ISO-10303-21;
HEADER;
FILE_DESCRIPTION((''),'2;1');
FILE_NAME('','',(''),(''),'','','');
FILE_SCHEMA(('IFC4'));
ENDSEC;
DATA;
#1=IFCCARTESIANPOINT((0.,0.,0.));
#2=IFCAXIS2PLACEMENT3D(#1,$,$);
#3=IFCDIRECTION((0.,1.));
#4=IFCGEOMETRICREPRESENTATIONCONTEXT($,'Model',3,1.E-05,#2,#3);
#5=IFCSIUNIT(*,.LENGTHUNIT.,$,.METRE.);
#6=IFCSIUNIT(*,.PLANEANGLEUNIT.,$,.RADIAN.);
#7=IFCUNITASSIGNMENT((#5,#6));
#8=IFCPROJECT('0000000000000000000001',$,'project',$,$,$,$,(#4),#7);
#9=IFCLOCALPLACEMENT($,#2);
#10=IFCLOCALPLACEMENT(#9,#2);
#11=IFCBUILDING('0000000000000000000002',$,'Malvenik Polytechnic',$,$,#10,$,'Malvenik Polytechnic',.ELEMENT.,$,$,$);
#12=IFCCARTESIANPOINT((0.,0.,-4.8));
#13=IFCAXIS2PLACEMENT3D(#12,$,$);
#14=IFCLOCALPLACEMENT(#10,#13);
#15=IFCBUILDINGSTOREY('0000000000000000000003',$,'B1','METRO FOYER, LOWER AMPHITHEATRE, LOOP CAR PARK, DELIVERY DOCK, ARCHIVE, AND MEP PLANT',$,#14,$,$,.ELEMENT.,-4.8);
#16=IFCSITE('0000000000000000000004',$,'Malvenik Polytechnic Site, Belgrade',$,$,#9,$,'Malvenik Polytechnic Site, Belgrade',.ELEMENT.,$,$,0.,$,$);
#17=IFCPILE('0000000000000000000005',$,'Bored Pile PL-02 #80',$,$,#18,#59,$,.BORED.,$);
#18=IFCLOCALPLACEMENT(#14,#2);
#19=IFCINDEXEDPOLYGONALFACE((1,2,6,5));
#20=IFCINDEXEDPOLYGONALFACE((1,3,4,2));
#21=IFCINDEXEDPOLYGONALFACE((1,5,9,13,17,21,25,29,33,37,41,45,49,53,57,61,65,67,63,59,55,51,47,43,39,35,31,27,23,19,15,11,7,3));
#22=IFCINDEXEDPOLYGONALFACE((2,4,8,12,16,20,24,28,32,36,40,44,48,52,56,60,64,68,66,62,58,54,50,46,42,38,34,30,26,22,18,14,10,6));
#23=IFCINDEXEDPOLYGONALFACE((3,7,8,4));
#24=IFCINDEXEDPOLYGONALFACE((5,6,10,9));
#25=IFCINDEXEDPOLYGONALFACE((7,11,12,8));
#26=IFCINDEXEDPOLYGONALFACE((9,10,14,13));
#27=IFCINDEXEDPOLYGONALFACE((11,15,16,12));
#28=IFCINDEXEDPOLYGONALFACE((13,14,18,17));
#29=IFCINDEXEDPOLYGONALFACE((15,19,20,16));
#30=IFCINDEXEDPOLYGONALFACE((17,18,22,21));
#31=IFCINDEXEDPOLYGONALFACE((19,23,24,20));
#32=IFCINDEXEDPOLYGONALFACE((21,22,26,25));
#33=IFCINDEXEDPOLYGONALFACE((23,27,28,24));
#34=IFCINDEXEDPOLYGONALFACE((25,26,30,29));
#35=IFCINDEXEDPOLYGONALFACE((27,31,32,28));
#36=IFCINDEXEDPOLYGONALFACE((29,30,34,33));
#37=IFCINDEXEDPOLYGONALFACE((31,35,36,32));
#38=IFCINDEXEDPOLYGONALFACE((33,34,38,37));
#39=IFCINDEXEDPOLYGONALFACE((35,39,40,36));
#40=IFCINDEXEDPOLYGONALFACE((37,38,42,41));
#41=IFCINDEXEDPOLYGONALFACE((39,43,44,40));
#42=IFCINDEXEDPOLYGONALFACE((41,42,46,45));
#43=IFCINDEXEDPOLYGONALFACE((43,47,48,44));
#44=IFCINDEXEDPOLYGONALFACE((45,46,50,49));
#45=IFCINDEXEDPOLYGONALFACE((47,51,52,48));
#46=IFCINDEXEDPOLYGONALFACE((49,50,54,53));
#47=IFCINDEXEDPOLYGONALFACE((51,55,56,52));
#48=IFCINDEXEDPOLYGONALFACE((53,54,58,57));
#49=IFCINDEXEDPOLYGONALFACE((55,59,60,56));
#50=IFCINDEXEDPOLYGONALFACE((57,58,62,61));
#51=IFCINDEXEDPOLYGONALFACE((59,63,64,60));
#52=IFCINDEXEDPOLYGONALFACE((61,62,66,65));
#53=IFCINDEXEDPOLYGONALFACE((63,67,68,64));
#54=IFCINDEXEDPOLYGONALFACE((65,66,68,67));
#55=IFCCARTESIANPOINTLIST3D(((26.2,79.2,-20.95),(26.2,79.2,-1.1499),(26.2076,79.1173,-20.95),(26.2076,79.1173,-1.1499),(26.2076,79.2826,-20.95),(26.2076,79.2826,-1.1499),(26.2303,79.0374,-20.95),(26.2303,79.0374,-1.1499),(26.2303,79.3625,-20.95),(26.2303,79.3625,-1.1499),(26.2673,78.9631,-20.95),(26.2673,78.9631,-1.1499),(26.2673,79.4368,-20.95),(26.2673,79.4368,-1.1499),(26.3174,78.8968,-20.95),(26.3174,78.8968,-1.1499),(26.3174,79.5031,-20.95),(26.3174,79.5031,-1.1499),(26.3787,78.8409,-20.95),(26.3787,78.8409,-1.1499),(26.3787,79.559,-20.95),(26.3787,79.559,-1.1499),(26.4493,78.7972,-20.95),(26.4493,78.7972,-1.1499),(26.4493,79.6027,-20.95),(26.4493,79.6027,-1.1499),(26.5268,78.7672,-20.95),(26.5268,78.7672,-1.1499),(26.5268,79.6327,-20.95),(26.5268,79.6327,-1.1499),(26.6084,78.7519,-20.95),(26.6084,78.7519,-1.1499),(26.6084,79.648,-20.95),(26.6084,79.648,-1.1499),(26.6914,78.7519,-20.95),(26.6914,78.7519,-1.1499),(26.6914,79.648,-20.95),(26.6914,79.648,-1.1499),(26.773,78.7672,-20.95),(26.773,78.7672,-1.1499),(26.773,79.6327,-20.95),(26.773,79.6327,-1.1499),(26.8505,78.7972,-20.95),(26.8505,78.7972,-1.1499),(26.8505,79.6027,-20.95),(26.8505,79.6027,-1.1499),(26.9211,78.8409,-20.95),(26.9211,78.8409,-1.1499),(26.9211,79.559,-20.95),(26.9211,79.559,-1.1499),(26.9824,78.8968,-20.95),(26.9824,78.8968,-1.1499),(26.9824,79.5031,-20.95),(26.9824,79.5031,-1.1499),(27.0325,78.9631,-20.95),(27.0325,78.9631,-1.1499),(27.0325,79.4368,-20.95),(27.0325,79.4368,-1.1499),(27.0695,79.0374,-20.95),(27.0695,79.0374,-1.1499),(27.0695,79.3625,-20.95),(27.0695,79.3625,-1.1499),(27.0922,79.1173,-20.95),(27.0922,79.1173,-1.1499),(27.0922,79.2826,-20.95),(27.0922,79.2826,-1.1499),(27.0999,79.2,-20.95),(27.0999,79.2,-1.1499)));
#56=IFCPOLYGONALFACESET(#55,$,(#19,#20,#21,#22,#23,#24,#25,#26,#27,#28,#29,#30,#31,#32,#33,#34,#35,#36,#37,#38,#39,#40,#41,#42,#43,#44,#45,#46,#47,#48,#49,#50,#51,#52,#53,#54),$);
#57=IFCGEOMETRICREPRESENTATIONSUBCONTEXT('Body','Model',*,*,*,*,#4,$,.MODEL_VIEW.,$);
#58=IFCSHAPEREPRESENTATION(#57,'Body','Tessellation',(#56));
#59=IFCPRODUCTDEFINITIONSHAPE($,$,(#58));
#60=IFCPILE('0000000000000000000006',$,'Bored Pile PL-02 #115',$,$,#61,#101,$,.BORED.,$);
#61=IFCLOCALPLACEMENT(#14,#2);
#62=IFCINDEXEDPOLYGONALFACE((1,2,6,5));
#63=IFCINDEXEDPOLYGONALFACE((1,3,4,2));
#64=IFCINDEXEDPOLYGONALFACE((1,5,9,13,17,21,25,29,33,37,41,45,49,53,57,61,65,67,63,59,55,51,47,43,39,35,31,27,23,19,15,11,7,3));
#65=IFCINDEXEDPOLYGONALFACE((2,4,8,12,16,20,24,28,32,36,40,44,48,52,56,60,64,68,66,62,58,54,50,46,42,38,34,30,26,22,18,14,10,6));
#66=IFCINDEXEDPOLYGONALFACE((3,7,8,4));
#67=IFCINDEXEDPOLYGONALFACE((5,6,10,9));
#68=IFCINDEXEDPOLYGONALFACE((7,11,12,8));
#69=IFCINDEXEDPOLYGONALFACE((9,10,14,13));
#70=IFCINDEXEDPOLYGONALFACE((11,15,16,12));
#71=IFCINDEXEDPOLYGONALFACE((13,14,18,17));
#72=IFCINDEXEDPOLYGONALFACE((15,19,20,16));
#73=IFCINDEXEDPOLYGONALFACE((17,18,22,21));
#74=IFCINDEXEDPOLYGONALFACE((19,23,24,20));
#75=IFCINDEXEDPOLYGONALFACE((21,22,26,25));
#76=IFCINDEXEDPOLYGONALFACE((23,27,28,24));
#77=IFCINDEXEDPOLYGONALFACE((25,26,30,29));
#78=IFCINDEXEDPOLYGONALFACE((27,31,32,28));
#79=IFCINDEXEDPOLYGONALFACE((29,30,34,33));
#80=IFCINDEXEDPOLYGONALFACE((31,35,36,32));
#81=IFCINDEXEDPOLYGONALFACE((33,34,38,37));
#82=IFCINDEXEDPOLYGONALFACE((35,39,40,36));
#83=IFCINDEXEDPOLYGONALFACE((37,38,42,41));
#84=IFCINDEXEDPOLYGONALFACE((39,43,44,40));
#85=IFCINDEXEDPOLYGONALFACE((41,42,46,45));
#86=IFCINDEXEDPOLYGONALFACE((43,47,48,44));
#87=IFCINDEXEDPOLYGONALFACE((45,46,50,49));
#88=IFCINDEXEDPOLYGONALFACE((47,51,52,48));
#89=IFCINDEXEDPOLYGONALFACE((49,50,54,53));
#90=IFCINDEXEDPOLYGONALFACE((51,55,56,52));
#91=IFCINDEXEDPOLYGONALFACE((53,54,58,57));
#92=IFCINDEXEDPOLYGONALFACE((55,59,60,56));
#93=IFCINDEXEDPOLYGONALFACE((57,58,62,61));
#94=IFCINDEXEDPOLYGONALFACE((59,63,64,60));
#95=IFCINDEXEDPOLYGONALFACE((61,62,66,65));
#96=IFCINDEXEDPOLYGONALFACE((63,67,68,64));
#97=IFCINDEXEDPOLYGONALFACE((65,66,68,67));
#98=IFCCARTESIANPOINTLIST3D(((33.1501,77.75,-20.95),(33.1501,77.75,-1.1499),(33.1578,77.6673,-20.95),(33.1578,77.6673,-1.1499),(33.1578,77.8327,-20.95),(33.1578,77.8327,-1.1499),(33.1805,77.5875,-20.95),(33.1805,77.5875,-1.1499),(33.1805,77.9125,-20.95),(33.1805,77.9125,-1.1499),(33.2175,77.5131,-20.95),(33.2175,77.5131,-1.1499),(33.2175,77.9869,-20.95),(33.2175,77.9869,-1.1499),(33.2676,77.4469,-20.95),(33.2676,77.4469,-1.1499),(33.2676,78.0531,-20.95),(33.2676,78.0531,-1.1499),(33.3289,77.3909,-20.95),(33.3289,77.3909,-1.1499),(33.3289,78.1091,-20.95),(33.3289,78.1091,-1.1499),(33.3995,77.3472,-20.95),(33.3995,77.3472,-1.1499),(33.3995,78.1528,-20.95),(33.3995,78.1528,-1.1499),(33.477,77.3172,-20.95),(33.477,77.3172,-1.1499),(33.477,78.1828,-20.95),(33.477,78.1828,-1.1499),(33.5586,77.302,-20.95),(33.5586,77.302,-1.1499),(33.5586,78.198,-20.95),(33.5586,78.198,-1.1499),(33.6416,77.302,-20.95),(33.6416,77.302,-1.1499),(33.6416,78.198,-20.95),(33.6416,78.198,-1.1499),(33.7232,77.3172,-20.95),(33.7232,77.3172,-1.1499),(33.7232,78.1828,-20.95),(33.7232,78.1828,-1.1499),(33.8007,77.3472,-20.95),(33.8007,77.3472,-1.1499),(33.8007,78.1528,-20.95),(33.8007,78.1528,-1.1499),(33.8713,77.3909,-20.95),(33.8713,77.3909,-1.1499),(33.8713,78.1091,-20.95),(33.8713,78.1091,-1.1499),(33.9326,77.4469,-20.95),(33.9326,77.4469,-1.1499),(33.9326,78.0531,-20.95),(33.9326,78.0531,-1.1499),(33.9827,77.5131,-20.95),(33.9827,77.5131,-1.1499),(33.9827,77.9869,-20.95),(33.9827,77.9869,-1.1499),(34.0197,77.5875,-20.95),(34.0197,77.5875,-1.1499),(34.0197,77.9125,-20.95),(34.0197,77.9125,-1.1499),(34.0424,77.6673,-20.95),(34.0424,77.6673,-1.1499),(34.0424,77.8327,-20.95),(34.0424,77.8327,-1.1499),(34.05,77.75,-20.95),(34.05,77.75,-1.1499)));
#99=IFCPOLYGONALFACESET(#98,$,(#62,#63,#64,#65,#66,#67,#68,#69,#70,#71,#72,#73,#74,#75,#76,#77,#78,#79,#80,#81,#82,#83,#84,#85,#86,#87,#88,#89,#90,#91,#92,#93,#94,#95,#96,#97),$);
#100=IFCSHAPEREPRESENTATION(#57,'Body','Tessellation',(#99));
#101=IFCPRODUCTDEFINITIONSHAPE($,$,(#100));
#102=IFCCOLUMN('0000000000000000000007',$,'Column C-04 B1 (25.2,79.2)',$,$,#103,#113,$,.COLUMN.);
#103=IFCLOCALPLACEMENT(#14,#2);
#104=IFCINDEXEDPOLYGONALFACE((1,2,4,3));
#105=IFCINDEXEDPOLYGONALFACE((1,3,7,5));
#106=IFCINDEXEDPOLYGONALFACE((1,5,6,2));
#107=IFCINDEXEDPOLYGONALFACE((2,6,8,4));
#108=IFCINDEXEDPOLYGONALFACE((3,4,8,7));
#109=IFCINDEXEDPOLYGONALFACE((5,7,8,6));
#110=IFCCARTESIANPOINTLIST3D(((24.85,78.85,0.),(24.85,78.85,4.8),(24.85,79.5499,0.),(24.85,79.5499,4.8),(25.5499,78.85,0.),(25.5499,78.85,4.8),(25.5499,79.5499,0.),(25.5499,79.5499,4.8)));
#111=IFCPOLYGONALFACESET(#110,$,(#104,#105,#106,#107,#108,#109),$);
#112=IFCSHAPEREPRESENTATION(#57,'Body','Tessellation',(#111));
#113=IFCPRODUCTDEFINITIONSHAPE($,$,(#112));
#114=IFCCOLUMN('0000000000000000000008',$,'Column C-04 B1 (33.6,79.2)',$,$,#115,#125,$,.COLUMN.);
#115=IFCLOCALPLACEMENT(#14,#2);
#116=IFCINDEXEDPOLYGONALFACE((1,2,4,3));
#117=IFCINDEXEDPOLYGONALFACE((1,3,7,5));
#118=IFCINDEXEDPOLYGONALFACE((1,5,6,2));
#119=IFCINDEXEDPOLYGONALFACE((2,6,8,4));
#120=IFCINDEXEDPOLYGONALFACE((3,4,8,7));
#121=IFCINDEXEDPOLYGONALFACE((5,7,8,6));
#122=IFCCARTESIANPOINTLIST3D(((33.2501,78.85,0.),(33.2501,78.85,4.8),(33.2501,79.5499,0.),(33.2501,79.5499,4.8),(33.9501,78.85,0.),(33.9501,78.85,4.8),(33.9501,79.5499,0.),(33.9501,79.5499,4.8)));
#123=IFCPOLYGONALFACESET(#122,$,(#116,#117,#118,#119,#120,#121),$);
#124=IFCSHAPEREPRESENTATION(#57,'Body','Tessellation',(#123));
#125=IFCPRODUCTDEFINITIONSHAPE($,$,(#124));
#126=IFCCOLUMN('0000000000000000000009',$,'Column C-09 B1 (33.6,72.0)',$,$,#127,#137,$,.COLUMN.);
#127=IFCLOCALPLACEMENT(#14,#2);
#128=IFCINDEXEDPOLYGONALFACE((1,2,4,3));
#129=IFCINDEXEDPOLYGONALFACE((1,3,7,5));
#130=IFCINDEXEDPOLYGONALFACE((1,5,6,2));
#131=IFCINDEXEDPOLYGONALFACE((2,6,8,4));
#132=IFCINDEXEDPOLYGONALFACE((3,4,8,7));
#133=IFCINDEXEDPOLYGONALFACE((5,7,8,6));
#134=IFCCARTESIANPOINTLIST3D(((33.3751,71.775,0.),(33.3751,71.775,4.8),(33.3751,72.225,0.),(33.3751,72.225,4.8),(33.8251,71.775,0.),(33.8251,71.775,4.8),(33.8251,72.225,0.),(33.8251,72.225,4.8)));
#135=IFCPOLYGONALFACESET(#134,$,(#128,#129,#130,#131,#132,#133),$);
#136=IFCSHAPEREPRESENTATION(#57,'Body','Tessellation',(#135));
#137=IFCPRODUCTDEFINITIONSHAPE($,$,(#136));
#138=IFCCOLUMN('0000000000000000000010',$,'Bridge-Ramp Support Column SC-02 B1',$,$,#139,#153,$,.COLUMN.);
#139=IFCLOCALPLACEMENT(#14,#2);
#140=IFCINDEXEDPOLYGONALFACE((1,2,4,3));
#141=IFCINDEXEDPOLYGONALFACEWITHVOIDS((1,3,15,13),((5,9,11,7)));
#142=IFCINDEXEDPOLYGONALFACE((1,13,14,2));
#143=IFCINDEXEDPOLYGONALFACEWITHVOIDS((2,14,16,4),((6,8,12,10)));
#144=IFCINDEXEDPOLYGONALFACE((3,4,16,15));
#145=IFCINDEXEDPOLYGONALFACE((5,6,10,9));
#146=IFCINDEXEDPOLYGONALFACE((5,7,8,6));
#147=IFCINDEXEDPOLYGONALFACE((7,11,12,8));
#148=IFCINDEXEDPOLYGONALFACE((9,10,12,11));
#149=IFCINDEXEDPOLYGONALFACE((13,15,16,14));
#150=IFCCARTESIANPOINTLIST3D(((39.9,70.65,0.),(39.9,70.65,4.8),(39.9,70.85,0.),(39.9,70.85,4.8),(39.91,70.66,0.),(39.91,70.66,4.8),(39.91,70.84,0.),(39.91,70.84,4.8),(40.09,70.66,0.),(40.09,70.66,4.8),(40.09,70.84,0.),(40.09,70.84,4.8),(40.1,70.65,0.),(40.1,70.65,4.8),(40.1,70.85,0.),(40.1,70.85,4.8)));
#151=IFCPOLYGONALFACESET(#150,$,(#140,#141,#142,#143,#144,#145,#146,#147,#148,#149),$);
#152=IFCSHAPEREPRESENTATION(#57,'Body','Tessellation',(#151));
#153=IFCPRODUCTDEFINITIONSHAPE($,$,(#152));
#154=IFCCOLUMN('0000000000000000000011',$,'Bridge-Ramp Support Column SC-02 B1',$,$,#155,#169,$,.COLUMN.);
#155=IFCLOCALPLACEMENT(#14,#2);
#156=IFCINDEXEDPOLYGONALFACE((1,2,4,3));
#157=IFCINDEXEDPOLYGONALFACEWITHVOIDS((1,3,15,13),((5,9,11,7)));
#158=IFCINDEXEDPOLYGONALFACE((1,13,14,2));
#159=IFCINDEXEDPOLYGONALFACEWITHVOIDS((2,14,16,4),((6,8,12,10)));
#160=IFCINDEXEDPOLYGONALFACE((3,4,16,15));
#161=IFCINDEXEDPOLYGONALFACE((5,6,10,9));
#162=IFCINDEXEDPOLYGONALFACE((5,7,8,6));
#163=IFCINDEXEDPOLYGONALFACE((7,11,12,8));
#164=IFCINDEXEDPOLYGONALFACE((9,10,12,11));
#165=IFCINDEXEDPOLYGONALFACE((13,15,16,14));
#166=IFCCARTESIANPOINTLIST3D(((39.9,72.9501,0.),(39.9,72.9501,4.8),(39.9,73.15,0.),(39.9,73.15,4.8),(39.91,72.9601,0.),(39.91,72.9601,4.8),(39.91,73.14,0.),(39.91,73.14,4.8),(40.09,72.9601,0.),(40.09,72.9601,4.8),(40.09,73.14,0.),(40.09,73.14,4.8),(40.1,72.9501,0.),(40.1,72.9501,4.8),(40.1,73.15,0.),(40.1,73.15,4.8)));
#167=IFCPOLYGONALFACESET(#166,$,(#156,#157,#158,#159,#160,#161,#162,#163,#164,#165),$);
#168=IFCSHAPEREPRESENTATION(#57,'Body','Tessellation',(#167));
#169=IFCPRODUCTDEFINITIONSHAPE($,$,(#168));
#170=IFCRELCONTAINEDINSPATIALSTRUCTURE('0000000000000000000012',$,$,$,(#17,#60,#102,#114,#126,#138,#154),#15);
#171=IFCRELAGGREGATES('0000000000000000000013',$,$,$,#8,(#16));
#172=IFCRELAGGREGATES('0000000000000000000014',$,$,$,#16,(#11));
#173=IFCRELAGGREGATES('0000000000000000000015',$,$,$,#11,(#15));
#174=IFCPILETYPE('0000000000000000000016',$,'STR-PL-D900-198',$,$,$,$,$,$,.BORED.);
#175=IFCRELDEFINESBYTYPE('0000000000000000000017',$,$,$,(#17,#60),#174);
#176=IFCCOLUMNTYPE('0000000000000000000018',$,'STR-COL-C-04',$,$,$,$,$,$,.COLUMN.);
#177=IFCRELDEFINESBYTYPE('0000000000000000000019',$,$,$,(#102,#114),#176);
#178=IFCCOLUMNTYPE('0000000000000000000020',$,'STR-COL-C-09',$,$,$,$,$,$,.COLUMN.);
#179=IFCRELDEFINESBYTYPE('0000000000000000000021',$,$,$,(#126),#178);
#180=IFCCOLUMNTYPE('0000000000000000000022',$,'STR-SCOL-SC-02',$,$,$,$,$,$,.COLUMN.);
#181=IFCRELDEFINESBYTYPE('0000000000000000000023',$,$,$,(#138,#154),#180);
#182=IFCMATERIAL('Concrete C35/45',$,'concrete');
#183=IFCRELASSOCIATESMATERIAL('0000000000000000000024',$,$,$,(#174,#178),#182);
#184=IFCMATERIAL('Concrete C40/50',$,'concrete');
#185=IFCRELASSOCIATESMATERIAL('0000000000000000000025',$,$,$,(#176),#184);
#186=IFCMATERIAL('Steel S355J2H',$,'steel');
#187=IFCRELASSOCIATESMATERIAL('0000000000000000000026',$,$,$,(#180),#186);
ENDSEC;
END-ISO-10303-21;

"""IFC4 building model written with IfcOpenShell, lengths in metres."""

from ifc_helpers import new_model, si_unit, direction, frame, origin, origin_2d, place, context, subcontext, project, spatial, rectangle, hollow_rectangle, circle, extrude, material, material_profile, profile_set, type_object, element, save


model = new_model("IFC4")

# Units and contexts
model_context = context("Model", 3, precision=1e-05, world=origin(), true_north=direction((0.0, 1.0)))
body_context = subcontext(model_context, "Body", "Model", "MODEL_VIEW")
ifc_project = project(units=[si_unit("LENGTHUNIT", "METRE"), si_unit("PLANEANGLEUNIT", "RADIAN")], contexts=[model_context])

# Site, building, storey
site_placement = place(None, origin())
site = spatial("IfcSite", under=ifc_project, at=site_placement, Name="Malvenik Polytechnic Site, Belgrade", LongName="Malvenik Polytechnic Site, Belgrade", CompositionType="ELEMENT", RefElevation=0.0)
building_placement = place(site_placement, origin())
building = spatial("IfcBuilding", under=site, at=building_placement, Name="Malvenik Polytechnic", LongName="Malvenik Polytechnic", CompositionType="ELEMENT")
storey_placement = place(building_placement, frame((0.0, 0.0, -4.8)))
storey = spatial("IfcBuildingStorey", under=building, at=storey_placement, Name="B1", Description="METRO FOYER, LOWER AMPHITHEATRE, LOOP CAR PARK, DELIVERY DOCK, ARCHIVE, AND MEP PLANT", CompositionType="ELEMENT", Elevation=-4.8)

# Shared definitions
ifc_material_1 = material(Name="Concrete C35/45", Category="concrete")

# Piles
ifc_material_profile_1 = material_profile(ifc_material_1, circle(Radius=0.45, at=origin_2d()), Name="BORED PILE D900")
ifc_profile_set_1 = profile_set([ifc_material_profile_1], Name="Concrete C35/45")
pile_type_1 = type_object("IfcPileType", Name="STR-PL-D900-198", PredefinedType="BORED", material=ifc_profile_set_1)
for number, where, z_axis, x_axis, name in (
    (1, (26.6499, 79.2, -1.1499), (0.0, 0.0, -1.0), (1.0, 0.0, 0.0), "Bored Pile PL-02 #80"),
    (2, (33.6001, 77.75, -1.1499), (0.0, 0.0, -1.0), (1.0, 0.0, 0.0), "Bored Pile PL-02 #115"),
):
    element("IfcPile", number, at=place(storey_placement, frame(where, z_axis=z_axis, x_axis=x_axis)), inside=storey, type_object=pile_type_1, Name=name, PredefinedType="BORED", context=body_context, shape_type="SweptSolid", body=[
        extrude(circle(Radius=0.45, at=origin_2d()), origin(), (0.0, 0.0, 1.0), 19.8),
    ])

# Columns
ifc_material_2 = material(Name="Concrete C40/50", Category="concrete")
ifc_material_profile_2 = material_profile(ifc_material_2, rectangle(XDim=0.7, YDim=0.7, at=origin_2d()), Name="RC COL 700x700")
ifc_profile_set_2 = profile_set([ifc_material_profile_2], Name="Concrete C40/50")
column_type_1 = type_object("IfcColumnType", Name="STR-COL-C-04", PredefinedType="COLUMN", material=ifc_profile_set_2)
for number, where, z_axis, x_axis, name in (
    (3, (25.2, 79.2, 0.0), (0.0, 0.0, 1.0), (1.0, 0.0, 0.0), "Column C-04 B1 (25.2,79.2)"),
    (4, (33.6001, 79.2, 0.0), (0.0, 0.0, 1.0), (1.0, 0.0, 0.0), "Column C-04 B1 (33.6,79.2)"),
):
    element("IfcColumn", number, at=place(storey_placement, frame(where, z_axis=z_axis, x_axis=x_axis)), inside=storey, type_object=column_type_1, Name=name, PredefinedType="COLUMN", context=body_context, shape_type="SweptSolid", body=[
        extrude(rectangle(XDim=0.7, YDim=0.7, at=origin_2d()), origin(), (0.0, 0.0, 1.0), 4.8),
    ])
ifc_material_profile_3 = material_profile(ifc_material_1, rectangle(XDim=0.45, YDim=0.45, at=origin_2d()), Name="RC COL 450x450")
ifc_profile_set_3 = profile_set([ifc_material_profile_3], Name="Concrete C35/45")
column_type_2 = type_object("IfcColumnType", Name="STR-COL-C-09", PredefinedType="COLUMN", material=ifc_profile_set_3)
column_1_placement = place(storey_placement, frame((33.6001, 72.0, 0.0), z_axis=(0.0, 0.0, 1.0), x_axis=(1.0, 0.0, 0.0)))
element("IfcColumn", 5, at=column_1_placement, inside=storey, type_object=column_type_2, Name="Column C-09 B1 (33.6,72.0)", PredefinedType="COLUMN", context=body_context, shape_type="SweptSolid", body=[
    extrude(rectangle(XDim=0.45, YDim=0.45, at=origin_2d()), origin(), (0.0, 0.0, 1.0), 4.8),
])
ifc_material_3 = material(Name="Steel S355J2H", Category="steel")
ifc_material_profile_4 = material_profile(ifc_material_3, hollow_rectangle(XDim=0.2, YDim=0.2, WallThickness=0.01, at=origin_2d()), Name="SHS 200x200x10.0")
ifc_profile_set_4 = profile_set([ifc_material_profile_4], Name="Steel S355J2H")
column_type_3 = type_object("IfcColumnType", Name="STR-SCOL-SC-02", PredefinedType="COLUMN", material=ifc_profile_set_4)
for number, where, z_axis, x_axis, name in (
    (6, (40.0, 70.75, 0.0), (0.0, 0.0, 1.0), (1.0, 0.0, 0.0), "Bridge-Ramp Support Column SC-02 B1"),
    (7, (40.0, 73.05, 0.0), (0.0, 0.0, 1.0), (1.0, 0.0, 0.0), "Bridge-Ramp Support Column SC-02 B1"),
):
    element("IfcColumn", number, at=place(storey_placement, frame(where, z_axis=z_axis, x_axis=x_axis)), inside=storey, type_object=column_type_3, Name=name, PredefinedType="COLUMN", context=body_context, shape_type="SweptSolid", body=[
        extrude(hollow_rectangle(XDim=0.2, YDim=0.2, WallThickness=0.01, at=origin_2d()), origin(), (0.0, 0.0, 1.0), 4.8),
    ])

save(model, "model.ifc")
